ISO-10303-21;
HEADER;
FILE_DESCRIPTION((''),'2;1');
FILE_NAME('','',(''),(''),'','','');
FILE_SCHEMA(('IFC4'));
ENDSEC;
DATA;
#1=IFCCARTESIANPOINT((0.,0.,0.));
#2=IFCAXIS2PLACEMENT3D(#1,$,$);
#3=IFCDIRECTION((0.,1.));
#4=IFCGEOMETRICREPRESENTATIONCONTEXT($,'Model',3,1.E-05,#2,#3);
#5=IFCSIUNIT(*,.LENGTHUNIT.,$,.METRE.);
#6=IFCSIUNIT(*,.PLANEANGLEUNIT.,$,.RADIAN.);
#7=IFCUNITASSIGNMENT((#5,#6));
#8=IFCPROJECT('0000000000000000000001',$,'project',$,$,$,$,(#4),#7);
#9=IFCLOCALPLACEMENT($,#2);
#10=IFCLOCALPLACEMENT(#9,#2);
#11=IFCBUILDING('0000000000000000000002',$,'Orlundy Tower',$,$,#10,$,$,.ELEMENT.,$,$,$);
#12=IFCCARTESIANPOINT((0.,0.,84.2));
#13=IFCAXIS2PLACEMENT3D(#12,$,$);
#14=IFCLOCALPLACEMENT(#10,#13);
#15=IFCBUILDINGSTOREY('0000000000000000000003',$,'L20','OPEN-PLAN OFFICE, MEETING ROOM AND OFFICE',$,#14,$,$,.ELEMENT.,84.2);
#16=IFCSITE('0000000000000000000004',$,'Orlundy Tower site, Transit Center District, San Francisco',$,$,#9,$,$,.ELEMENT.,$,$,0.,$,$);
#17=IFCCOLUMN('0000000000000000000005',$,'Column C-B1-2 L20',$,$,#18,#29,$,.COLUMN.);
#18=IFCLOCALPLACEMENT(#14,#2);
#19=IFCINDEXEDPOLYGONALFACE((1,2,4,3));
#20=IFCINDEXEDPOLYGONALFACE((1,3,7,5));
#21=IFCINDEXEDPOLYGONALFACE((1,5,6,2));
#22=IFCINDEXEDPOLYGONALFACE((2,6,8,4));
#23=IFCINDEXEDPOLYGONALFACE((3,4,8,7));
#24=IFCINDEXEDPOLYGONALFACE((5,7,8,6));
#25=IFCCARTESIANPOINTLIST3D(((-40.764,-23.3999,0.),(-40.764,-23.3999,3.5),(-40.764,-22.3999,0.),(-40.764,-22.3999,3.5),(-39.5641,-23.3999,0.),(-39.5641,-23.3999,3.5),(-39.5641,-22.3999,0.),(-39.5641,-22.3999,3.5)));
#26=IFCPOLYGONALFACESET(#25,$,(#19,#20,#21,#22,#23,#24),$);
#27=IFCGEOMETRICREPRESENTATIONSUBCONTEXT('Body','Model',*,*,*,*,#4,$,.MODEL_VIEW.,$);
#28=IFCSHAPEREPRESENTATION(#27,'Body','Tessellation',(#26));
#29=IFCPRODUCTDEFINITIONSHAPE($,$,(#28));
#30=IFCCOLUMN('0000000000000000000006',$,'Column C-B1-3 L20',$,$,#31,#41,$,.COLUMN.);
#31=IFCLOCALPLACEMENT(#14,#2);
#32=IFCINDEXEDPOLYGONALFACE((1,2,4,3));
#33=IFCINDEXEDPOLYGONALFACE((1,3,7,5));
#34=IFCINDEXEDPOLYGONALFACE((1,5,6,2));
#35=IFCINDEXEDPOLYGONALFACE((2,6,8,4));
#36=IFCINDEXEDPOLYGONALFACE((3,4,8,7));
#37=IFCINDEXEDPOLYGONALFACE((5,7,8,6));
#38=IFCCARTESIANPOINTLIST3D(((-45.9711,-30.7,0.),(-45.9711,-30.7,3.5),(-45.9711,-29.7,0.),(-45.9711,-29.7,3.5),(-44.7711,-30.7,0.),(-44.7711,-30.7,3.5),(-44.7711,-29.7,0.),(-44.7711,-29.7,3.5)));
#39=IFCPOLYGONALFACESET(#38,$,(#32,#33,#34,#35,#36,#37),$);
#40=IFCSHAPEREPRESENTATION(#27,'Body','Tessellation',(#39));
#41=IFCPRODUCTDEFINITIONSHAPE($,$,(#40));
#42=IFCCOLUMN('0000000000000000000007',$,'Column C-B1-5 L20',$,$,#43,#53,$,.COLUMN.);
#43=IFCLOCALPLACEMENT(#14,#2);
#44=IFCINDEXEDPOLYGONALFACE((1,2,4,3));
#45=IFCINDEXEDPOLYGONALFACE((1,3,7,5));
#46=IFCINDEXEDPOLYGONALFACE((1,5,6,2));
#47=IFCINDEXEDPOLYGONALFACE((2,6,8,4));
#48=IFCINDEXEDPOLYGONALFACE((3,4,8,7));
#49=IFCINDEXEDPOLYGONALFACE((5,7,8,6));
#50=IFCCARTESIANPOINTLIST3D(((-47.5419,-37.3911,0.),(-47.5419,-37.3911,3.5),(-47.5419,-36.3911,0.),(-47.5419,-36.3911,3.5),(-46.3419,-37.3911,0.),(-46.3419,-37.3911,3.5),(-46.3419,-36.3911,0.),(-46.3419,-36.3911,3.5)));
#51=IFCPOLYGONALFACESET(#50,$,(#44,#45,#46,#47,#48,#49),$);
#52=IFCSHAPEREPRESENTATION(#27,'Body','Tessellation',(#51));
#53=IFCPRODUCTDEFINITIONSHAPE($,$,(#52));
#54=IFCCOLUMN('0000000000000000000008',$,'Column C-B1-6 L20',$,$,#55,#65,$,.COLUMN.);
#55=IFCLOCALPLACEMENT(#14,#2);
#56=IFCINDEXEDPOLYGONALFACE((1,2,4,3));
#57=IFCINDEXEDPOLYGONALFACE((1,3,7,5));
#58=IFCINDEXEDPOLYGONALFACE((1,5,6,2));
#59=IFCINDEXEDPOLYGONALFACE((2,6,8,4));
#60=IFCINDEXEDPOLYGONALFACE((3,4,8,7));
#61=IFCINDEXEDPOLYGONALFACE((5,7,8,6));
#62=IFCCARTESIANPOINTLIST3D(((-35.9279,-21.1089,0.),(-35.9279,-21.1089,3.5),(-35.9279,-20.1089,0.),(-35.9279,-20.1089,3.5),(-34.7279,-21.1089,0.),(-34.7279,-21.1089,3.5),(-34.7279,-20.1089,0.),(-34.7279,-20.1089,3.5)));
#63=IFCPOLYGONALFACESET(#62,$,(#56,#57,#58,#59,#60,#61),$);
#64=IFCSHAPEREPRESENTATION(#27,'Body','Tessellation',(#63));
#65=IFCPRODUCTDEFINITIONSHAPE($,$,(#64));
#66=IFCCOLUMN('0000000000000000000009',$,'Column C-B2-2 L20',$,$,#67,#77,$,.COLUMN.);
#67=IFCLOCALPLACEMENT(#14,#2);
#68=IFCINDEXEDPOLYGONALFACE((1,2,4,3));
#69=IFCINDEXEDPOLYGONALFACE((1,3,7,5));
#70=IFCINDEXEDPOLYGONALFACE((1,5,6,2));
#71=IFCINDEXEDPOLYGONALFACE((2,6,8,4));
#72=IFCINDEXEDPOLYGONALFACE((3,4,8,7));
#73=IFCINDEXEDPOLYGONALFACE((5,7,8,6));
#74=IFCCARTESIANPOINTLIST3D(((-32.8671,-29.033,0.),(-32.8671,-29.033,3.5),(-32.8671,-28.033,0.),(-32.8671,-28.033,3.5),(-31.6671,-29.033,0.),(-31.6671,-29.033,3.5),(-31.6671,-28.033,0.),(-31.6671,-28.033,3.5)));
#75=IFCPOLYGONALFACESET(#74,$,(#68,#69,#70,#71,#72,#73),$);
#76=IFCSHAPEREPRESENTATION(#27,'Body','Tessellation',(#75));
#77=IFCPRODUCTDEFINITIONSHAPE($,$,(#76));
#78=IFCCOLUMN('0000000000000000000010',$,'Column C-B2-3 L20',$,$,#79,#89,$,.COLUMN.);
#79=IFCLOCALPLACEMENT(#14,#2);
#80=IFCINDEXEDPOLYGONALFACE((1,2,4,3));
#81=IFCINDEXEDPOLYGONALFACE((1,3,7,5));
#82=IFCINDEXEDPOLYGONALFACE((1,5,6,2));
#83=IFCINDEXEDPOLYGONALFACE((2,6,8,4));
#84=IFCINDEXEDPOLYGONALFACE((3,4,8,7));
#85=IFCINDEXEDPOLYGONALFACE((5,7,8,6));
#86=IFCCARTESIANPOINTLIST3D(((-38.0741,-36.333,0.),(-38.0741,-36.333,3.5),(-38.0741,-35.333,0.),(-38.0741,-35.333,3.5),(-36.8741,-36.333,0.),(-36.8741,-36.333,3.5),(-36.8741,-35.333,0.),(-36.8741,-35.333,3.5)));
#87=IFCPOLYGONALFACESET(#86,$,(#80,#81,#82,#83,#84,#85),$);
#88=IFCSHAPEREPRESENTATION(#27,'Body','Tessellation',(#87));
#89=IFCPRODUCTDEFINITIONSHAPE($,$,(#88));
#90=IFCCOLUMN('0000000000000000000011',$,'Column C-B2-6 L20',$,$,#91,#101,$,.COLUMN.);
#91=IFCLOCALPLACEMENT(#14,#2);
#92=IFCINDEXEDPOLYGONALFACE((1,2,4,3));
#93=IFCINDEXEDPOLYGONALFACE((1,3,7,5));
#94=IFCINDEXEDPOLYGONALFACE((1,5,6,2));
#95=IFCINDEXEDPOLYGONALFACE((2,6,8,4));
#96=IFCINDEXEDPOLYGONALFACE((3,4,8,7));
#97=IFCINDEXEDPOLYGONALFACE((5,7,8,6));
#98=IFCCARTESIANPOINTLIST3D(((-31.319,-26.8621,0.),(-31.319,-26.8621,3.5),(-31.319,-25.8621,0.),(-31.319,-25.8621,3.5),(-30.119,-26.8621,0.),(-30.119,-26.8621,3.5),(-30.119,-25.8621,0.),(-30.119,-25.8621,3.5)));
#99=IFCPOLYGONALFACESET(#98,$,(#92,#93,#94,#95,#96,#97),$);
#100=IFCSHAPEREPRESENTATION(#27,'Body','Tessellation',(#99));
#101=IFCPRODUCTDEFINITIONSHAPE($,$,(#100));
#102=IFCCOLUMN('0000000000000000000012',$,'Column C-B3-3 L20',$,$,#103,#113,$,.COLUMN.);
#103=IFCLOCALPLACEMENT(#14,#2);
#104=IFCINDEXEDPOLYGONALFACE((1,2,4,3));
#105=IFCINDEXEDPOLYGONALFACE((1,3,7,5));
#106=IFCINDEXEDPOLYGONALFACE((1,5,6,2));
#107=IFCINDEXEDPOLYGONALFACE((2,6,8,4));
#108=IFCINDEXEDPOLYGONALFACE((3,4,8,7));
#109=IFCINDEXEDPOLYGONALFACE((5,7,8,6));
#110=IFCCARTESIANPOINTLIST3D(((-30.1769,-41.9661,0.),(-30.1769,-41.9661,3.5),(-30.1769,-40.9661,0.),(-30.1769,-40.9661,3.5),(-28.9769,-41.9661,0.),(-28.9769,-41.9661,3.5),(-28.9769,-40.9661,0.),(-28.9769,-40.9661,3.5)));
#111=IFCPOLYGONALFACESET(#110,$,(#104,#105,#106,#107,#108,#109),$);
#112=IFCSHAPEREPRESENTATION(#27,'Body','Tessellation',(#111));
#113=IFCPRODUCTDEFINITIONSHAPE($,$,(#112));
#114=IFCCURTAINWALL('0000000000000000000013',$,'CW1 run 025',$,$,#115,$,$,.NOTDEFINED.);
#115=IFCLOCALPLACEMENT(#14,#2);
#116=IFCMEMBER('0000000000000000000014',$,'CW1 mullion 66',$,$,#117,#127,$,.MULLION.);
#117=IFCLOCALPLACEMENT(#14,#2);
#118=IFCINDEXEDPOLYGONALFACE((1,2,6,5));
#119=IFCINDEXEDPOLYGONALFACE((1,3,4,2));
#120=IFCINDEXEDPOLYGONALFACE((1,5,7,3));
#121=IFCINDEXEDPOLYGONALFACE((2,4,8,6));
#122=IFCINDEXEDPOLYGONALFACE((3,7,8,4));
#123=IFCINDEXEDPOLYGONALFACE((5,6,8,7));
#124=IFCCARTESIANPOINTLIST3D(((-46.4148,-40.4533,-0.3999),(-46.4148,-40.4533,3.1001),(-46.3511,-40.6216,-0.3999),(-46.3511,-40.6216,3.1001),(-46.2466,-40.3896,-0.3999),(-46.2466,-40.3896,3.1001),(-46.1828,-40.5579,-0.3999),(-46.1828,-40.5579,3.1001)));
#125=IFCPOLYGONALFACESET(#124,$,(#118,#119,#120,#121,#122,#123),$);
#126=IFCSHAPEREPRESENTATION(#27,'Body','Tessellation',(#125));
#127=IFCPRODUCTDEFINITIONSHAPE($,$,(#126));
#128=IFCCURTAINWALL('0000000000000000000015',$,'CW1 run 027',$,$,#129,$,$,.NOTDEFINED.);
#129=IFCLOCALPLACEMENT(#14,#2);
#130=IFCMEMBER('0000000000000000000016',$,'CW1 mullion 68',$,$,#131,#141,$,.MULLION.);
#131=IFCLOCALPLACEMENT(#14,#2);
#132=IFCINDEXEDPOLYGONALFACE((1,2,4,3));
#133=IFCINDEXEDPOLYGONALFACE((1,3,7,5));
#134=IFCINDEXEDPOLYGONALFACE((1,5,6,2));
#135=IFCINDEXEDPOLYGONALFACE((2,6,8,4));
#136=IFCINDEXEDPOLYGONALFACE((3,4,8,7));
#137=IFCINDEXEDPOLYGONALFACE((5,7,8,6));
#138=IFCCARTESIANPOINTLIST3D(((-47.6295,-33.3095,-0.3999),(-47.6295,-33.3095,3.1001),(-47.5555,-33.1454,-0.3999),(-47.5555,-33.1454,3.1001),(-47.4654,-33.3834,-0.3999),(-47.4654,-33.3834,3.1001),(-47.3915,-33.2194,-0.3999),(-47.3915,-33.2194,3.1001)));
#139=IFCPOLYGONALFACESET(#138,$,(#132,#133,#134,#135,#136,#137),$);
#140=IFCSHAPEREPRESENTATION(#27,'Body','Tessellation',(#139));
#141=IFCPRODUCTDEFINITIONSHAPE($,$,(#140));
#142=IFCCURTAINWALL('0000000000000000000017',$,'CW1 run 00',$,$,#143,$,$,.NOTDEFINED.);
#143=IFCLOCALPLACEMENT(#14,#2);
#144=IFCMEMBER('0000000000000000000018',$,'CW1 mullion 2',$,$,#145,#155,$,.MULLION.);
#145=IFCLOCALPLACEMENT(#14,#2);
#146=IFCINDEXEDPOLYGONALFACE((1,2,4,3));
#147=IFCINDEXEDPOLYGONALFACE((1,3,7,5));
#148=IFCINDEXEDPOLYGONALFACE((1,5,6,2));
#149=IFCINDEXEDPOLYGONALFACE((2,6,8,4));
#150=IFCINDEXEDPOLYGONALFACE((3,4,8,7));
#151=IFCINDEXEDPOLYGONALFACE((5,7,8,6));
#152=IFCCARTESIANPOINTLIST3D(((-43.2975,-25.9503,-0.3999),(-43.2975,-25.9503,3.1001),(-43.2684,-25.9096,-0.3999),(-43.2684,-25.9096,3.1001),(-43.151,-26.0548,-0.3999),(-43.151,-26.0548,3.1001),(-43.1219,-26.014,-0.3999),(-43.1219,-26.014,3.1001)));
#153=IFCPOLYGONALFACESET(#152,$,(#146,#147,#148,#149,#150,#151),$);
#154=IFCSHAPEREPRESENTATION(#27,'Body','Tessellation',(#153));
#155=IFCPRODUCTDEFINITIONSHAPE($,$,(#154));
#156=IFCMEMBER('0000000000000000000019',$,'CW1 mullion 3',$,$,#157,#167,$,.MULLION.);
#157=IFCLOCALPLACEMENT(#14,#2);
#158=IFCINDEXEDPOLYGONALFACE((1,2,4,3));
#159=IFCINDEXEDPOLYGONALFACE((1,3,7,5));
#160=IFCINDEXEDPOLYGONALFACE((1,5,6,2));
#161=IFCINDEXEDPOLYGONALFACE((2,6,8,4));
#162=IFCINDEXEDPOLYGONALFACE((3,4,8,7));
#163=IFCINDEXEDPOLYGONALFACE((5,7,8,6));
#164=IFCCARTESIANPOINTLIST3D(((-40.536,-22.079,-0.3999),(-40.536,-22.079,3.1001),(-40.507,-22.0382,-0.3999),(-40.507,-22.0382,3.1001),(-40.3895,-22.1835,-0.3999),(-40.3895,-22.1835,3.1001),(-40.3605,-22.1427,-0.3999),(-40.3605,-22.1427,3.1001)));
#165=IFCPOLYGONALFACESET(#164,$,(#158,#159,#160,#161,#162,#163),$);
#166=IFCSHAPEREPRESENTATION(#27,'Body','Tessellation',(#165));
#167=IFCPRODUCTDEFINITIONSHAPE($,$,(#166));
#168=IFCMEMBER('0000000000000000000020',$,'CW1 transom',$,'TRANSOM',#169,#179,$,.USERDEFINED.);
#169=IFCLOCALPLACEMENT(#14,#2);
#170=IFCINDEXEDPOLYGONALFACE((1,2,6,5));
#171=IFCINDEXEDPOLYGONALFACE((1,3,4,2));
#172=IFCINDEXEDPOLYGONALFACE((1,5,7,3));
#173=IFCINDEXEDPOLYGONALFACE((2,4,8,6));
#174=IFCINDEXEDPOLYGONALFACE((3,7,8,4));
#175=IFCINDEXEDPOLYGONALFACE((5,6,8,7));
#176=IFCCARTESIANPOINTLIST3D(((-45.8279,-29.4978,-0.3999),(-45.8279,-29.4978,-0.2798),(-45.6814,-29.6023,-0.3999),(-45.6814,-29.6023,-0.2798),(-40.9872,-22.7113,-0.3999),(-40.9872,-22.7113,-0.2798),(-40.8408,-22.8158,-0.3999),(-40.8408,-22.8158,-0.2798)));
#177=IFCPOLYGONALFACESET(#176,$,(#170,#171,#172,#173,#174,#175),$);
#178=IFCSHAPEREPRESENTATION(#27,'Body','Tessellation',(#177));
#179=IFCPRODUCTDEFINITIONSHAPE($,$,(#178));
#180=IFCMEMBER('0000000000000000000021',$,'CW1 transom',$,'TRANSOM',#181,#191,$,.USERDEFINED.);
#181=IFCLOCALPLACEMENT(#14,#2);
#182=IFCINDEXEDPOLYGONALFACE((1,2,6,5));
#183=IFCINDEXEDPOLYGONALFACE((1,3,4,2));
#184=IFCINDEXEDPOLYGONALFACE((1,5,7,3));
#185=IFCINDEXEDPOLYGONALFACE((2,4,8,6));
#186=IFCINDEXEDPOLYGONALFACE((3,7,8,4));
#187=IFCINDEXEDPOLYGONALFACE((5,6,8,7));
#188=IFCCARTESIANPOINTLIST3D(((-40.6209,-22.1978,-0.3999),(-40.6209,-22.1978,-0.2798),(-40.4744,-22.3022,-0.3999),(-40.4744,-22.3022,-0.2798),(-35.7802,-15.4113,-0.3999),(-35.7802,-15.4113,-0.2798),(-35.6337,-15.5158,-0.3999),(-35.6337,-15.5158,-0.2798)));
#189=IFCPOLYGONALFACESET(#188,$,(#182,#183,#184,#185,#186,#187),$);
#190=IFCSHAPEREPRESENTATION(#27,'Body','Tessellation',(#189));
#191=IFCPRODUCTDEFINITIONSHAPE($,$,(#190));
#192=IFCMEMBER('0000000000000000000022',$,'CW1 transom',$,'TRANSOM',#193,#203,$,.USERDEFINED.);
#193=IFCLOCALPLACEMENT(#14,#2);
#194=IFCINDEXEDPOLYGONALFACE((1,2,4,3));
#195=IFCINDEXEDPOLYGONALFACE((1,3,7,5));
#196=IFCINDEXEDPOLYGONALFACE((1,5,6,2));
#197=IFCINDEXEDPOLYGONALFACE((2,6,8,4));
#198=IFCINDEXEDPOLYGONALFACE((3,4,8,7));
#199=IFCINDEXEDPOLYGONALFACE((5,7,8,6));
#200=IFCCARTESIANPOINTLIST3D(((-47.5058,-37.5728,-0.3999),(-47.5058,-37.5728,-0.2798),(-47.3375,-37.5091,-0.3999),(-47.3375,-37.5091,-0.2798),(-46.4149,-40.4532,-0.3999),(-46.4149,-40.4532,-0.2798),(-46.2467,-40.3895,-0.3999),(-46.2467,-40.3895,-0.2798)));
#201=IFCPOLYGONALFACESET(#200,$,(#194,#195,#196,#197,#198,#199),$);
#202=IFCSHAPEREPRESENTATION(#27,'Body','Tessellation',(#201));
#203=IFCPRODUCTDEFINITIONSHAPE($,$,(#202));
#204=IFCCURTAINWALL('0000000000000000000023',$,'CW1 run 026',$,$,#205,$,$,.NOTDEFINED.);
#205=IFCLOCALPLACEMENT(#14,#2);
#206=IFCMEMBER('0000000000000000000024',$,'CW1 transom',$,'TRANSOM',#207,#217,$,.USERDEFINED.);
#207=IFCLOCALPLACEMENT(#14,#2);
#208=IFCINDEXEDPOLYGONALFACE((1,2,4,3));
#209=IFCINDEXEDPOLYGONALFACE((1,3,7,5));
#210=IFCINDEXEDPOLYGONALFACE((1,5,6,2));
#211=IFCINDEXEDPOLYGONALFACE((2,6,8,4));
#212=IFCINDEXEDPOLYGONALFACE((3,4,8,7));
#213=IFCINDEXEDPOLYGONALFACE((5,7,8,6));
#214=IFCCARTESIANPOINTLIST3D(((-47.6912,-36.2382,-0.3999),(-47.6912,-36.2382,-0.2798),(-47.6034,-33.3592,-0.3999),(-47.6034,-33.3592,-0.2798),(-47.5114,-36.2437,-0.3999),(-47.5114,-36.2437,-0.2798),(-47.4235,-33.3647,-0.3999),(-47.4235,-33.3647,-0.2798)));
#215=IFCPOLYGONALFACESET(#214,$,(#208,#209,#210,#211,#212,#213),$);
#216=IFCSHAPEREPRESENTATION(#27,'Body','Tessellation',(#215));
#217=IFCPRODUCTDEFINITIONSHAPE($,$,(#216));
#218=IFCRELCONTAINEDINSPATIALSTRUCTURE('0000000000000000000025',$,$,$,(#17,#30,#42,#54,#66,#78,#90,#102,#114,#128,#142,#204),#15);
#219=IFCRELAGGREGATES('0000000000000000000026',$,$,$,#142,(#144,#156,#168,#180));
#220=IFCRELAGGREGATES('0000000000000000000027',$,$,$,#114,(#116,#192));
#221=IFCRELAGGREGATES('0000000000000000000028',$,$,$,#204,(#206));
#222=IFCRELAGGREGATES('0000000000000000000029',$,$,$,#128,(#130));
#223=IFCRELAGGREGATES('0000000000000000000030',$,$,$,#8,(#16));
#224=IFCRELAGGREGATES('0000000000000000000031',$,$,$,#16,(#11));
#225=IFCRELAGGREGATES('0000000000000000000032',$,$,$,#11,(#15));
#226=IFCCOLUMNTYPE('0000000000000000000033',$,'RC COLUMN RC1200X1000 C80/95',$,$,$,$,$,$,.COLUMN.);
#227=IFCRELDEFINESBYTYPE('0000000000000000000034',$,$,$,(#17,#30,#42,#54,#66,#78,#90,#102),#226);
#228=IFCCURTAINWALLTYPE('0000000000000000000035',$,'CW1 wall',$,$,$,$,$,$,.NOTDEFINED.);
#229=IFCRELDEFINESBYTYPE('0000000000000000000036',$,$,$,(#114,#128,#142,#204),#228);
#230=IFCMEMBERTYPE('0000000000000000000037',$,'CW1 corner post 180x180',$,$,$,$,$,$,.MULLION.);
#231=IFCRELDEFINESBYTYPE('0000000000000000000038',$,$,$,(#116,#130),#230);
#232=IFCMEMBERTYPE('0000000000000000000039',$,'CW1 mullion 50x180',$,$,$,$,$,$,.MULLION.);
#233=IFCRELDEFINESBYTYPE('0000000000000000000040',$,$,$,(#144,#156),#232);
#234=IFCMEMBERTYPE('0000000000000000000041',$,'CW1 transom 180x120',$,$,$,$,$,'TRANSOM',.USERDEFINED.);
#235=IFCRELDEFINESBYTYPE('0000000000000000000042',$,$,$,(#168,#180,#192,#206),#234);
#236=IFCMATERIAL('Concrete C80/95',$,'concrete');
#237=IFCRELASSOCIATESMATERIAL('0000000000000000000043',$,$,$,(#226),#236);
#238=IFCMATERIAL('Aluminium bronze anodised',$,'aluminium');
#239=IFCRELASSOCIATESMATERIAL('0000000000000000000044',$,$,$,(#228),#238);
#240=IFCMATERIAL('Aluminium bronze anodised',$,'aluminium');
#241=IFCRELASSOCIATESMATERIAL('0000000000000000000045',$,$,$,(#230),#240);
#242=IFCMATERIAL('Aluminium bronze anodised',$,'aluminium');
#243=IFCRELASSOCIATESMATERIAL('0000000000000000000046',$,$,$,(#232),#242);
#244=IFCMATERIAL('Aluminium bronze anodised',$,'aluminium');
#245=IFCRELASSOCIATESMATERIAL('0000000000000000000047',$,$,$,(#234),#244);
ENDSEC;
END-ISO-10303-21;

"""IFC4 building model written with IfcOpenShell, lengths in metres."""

from ifc_helpers import new_model, si_unit, direction, frame, origin, origin_2d, place, context, subcontext, project, spatial, rectangle, extrude, material, material_profile, profile_set, type_object, element, aggregate, save


model = new_model("IFC4")

# Units and contexts
model_context = context("Model", 3, precision=1e-05, world=origin(), true_north=direction((0.0, 1.0)))
body_context = subcontext(model_context, "Body", "Model", "MODEL_VIEW")
ifc_project = project(units=[si_unit("LENGTHUNIT", "METRE"), si_unit("PLANEANGLEUNIT", "RADIAN")], contexts=[model_context])

# Site, building, storey
site_placement = place(None, origin())
site = spatial("IfcSite", under=ifc_project, at=site_placement, Name="Orlundy Tower site, Transit Center District, San Francisco", CompositionType="ELEMENT", RefElevation=0.0)
building_placement = place(site_placement, origin())
building = spatial("IfcBuilding", under=site, at=building_placement, Name="Orlundy Tower", CompositionType="ELEMENT")
storey_placement = place(building_placement, frame((0.0, 0.0, 84.2)))
storey = spatial("IfcBuildingStorey", under=building, at=storey_placement, Name="L20", Description="OPEN-PLAN OFFICE, MEETING ROOM AND OFFICE", CompositionType="ELEMENT", Elevation=84.2)

# Columns
ifc_material_1 = material(Name="Concrete C80/95", Category="concrete")
ifc_material_profile_1 = material_profile(ifc_material_1, rectangle(XDim=1.2, YDim=1.0, at=origin_2d()), Name="RC1200X1000")
ifc_profile_set_1 = profile_set([ifc_material_profile_1], Name="Concrete C80/95")
column_type = type_object("IfcColumnType", Name="RC COLUMN RC1200X1000 C80/95", PredefinedType="COLUMN", material=ifc_profile_set_1)
for number, where, z_axis, x_axis, name in (
    (1, (-40.1641, -22.8999, 0.0), (0.0, 0.0, 1.0), (1.0, 0.0, 0.0), "Column C-B1-2 L20"),
    (2, (-45.3711, -30.2, 0.0), (0.0, 0.0, 1.0), (1.0, 0.0, 0.0), "Column C-B1-3 L20"),
    (3, (-46.9419, -36.8911, 0.0), (0.0, 0.0, 1.0), (1.0, 0.0, 0.0), "Column C-B1-5 L20"),
    (4, (-35.3279, -20.6089, 0.0), (0.0, 0.0, 1.0), (1.0, 0.0, 0.0), "Column C-B1-6 L20"),
    (5, (-32.2671, -28.533, 0.0), (0.0, 0.0, 1.0), (1.0, 0.0, 0.0), "Column C-B2-2 L20"),
    (6, (-37.4741, -35.833, 0.0), (0.0, 0.0, 1.0), (1.0, 0.0, 0.0), "Column C-B2-3 L20"),
    (7, (-30.719, -26.3621, 0.0), (0.0, 0.0, 1.0), (1.0, 0.0, 0.0), "Column C-B2-6 L20"),
    (8, (-29.5769, -41.4661, 0.0), (0.0, 0.0, 1.0), (1.0, 0.0, 0.0), "Column C-B3-3 L20"),
):
    element("IfcColumn", number, at=place(storey_placement, frame(where, z_axis=z_axis, x_axis=x_axis)), inside=storey, type_object=column_type, Name=name, PredefinedType="COLUMN", context=body_context, shape_type="SweptSolid", body=[
        extrude(rectangle(XDim=1.2, YDim=1.0, at=origin_2d()), origin(), (0.0, 0.0, 1.0), 3.5),
    ])

# Curtain walls, members
ifc_material_2 = material(Name="Aluminium bronze anodised", Category="aluminium")
curtain_wall_type = type_object("IfcCurtainWallType", Name="CW1 wall", PredefinedType="NOTDEFINED", material=ifc_material_2)
curtain_wall_1_placement = place(storey_placement, origin())
curtain_wall_1 = element("IfcCurtainWall", 9, at=curtain_wall_1_placement, inside=storey, type_object=curtain_wall_type, Name="CW1 run 025", PredefinedType="NOTDEFINED")
ifc_material_3 = material(Name="Aluminium bronze anodised", Category="aluminium")
ifc_material_profile_2 = material_profile(ifc_material_3, rectangle(XDim=0.1799, YDim=0.1799, at=origin_2d()), Name="CW1 corner post 180x180")
ifc_profile_set_2 = profile_set([ifc_material_profile_2], Name="Aluminium bronze anodised")
member_type_1 = type_object("IfcMemberType", Name="CW1 corner post 180x180", PredefinedType="MULLION", material=ifc_profile_set_2)
member_1_placement = place(storey_placement, frame((-46.2988, -40.5056, -0.3999), z_axis=(0.0, 0.0, 1.0), x_axis=(-0.935182, -0.354166, 0.0)))
member_1 = element("IfcMember", 10, at=member_1_placement, type_object=member_type_1, Name="CW1 mullion 66", PredefinedType="MULLION", context=body_context, shape_type="SweptSolid", body=[
    extrude(rectangle(XDim=0.1799, YDim=0.1799, at=origin_2d()), origin(), (0.0, 0.0, 1.0), 3.5),
])
curtain_wall_2_placement = place(storey_placement, origin())
curtain_wall_2 = element("IfcCurtainWall", 11, at=curtain_wall_2_placement, inside=storey, type_object=curtain_wall_type, Name="CW1 run 027", PredefinedType="NOTDEFINED")
member_2_placement = place(storey_placement, frame((-47.5105, -33.2644, -0.3999), z_axis=(0.0, 0.0, 1.0), x_axis=(-0.911674, 0.410914, 0.0)))
member_2 = element("IfcMember", 12, at=member_2_placement, type_object=member_type_1, Name="CW1 mullion 68", PredefinedType="MULLION", context=body_context, shape_type="SweptSolid", body=[
    extrude(rectangle(XDim=0.1799, YDim=0.1799, at=origin_2d()), origin(), (0.0, 0.0, 1.0), 3.5),
])

# Curtain wall, members
curtain_wall_3_placement = place(storey_placement, origin())
curtain_wall_3 = element("IfcCurtainWall", 13, at=curtain_wall_3_placement, inside=storey, type_object=curtain_wall_type, Name="CW1 run 00", PredefinedType="NOTDEFINED")
ifc_material_4 = material(Name="Aluminium bronze anodised", Category="aluminium")
ifc_material_profile_3 = material_profile(ifc_material_4, rectangle(XDim=0.1799, YDim=0.05, at=origin_2d()), Name="CW1 mullion 50x180")
ifc_profile_set_3 = profile_set([ifc_material_profile_3], Name="Aluminium bronze anodised")
member_type_2 = type_object("IfcMemberType", Name="CW1 mullion 50x180", PredefinedType="MULLION", material=ifc_profile_set_3)
member_3_placement = place(storey_placement, frame((-43.2097, -25.9822, -0.3999), z_axis=(0.0, 0.0, 1.0), x_axis=(-0.814117, 0.580701, 0.0)))
member_3 = element("IfcMember", 14, at=member_3_placement, type_object=member_type_2, Name="CW1 mullion 2", PredefinedType="MULLION", context=body_context, shape_type="SweptSolid", body=[
    extrude(rectangle(XDim=0.1799, YDim=0.05, at=origin_2d()), origin(), (0.0, 0.0, 1.0), 3.5),
])
member_4_placement = place(storey_placement, frame((-40.4482, -22.1108, -0.3999), z_axis=(0.0, 0.0, 1.0), x_axis=(-0.814117, 0.580701, 0.0)))
member_4 = element("IfcMember", 15, at=member_4_placement, type_object=member_type_2, Name="CW1 mullion 3", PredefinedType="MULLION", context=body_context, shape_type="SweptSolid", body=[
    extrude(rectangle(XDim=0.1799, YDim=0.05, at=origin_2d()), origin(), (0.0, 0.0, 1.0), 3.5),
])
ifc_material_5 = material(Name="Aluminium bronze anodised", Category="aluminium")
ifc_material_profile_4 = material_profile(ifc_material_5, rectangle(XDim=0.1799, YDim=0.1201, at=origin_2d()), Name="CW1 transom 180x120")
ifc_profile_set_4 = profile_set([ifc_material_profile_4], Name="Aluminium bronze anodised")
member_type_3 = type_object("IfcMemberType", Name="CW1 transom 180x120", ElementType="TRANSOM", PredefinedType="USERDEFINED", material=ifc_profile_set_4)
member_5_placement = place(storey_placement, frame((-45.7546, -29.55, -0.3398), z_axis=(0.580695, 0.814121, 0.0), x_axis=(-0.814121, 0.580695, 0.0)))
member_5 = element("IfcMember", 16, at=member_5_placement, type_object=member_type_3, Name="CW1 transom", ObjectType="TRANSOM", PredefinedType="USERDEFINED", context=body_context, shape_type="SweptSolid", body=[
    extrude(rectangle(XDim=0.1799, YDim=0.1201, at=origin_2d()), origin(), (0.0, 0.0, 1.0), 8.3359),
])
member_6_placement = place(storey_placement, frame((-40.5476, -22.25, -0.3398), z_axis=(0.580695, 0.814121, 0.0), x_axis=(-0.814121, 0.580695, 0.0)))
member_6 = element("IfcMember", 17, at=member_6_placement, type_object=member_type_3, Name="CW1 transom", ObjectType="TRANSOM", PredefinedType="USERDEFINED", context=body_context, shape_type="SweptSolid", body=[
    extrude(rectangle(XDim=0.1799, YDim=0.1201, at=origin_2d()), origin(), (0.0, 0.0, 1.0), 8.3359),
])

# Member
member_7_placement = place(storey_placement, frame((-46.3308, -40.4214, -0.3398), z_axis=(-0.354162, 0.935184, 0.0), x_axis=(-0.935184, -0.354162, 0.0)))
member_7 = element("IfcMember", 18, at=member_7_placement, type_object=member_type_3, Name="CW1 transom", ObjectType="TRANSOM", PredefinedType="USERDEFINED", context=body_context, shape_type="SweptSolid", body=[
    extrude(rectangle(XDim=0.1799, YDim=0.1201, at=origin_2d()), origin(), (0.0, 0.0, 1.0), 3.0801),
])

# Curtain wall, member
curtain_wall_4_placement = place(storey_placement, origin())
curtain_wall_4 = element("IfcCurtainWall", 19, at=curtain_wall_4_placement, inside=storey, type_object=curtain_wall_type, Name="CW1 run 026", PredefinedType="NOTDEFINED")
member_8_placement = place(storey_placement, frame((-47.6013, -36.241, -0.3398), z_axis=(0.030512, 0.999534, 0.0), x_axis=(-0.999534, 0.030512, 0.0)))
member_8 = element("IfcMember", 20, at=member_8_placement, type_object=member_type_3, Name="CW1 transom", ObjectType="TRANSOM", PredefinedType="USERDEFINED", context=body_context, shape_type="SweptSolid", body=[
    extrude(rectangle(XDim=0.1799, YDim=0.1201, at=origin_2d()), origin(), (0.0, 0.0, 1.0), 2.8804),
])

aggregate(curtain_wall_3, [member_3, member_4, member_5, member_6])
aggregate(curtain_wall_1, [member_1, member_7])
aggregate(curtain_wall_4, [member_8])
aggregate(curtain_wall_2, [member_2])

save(model, "model.ifc")
